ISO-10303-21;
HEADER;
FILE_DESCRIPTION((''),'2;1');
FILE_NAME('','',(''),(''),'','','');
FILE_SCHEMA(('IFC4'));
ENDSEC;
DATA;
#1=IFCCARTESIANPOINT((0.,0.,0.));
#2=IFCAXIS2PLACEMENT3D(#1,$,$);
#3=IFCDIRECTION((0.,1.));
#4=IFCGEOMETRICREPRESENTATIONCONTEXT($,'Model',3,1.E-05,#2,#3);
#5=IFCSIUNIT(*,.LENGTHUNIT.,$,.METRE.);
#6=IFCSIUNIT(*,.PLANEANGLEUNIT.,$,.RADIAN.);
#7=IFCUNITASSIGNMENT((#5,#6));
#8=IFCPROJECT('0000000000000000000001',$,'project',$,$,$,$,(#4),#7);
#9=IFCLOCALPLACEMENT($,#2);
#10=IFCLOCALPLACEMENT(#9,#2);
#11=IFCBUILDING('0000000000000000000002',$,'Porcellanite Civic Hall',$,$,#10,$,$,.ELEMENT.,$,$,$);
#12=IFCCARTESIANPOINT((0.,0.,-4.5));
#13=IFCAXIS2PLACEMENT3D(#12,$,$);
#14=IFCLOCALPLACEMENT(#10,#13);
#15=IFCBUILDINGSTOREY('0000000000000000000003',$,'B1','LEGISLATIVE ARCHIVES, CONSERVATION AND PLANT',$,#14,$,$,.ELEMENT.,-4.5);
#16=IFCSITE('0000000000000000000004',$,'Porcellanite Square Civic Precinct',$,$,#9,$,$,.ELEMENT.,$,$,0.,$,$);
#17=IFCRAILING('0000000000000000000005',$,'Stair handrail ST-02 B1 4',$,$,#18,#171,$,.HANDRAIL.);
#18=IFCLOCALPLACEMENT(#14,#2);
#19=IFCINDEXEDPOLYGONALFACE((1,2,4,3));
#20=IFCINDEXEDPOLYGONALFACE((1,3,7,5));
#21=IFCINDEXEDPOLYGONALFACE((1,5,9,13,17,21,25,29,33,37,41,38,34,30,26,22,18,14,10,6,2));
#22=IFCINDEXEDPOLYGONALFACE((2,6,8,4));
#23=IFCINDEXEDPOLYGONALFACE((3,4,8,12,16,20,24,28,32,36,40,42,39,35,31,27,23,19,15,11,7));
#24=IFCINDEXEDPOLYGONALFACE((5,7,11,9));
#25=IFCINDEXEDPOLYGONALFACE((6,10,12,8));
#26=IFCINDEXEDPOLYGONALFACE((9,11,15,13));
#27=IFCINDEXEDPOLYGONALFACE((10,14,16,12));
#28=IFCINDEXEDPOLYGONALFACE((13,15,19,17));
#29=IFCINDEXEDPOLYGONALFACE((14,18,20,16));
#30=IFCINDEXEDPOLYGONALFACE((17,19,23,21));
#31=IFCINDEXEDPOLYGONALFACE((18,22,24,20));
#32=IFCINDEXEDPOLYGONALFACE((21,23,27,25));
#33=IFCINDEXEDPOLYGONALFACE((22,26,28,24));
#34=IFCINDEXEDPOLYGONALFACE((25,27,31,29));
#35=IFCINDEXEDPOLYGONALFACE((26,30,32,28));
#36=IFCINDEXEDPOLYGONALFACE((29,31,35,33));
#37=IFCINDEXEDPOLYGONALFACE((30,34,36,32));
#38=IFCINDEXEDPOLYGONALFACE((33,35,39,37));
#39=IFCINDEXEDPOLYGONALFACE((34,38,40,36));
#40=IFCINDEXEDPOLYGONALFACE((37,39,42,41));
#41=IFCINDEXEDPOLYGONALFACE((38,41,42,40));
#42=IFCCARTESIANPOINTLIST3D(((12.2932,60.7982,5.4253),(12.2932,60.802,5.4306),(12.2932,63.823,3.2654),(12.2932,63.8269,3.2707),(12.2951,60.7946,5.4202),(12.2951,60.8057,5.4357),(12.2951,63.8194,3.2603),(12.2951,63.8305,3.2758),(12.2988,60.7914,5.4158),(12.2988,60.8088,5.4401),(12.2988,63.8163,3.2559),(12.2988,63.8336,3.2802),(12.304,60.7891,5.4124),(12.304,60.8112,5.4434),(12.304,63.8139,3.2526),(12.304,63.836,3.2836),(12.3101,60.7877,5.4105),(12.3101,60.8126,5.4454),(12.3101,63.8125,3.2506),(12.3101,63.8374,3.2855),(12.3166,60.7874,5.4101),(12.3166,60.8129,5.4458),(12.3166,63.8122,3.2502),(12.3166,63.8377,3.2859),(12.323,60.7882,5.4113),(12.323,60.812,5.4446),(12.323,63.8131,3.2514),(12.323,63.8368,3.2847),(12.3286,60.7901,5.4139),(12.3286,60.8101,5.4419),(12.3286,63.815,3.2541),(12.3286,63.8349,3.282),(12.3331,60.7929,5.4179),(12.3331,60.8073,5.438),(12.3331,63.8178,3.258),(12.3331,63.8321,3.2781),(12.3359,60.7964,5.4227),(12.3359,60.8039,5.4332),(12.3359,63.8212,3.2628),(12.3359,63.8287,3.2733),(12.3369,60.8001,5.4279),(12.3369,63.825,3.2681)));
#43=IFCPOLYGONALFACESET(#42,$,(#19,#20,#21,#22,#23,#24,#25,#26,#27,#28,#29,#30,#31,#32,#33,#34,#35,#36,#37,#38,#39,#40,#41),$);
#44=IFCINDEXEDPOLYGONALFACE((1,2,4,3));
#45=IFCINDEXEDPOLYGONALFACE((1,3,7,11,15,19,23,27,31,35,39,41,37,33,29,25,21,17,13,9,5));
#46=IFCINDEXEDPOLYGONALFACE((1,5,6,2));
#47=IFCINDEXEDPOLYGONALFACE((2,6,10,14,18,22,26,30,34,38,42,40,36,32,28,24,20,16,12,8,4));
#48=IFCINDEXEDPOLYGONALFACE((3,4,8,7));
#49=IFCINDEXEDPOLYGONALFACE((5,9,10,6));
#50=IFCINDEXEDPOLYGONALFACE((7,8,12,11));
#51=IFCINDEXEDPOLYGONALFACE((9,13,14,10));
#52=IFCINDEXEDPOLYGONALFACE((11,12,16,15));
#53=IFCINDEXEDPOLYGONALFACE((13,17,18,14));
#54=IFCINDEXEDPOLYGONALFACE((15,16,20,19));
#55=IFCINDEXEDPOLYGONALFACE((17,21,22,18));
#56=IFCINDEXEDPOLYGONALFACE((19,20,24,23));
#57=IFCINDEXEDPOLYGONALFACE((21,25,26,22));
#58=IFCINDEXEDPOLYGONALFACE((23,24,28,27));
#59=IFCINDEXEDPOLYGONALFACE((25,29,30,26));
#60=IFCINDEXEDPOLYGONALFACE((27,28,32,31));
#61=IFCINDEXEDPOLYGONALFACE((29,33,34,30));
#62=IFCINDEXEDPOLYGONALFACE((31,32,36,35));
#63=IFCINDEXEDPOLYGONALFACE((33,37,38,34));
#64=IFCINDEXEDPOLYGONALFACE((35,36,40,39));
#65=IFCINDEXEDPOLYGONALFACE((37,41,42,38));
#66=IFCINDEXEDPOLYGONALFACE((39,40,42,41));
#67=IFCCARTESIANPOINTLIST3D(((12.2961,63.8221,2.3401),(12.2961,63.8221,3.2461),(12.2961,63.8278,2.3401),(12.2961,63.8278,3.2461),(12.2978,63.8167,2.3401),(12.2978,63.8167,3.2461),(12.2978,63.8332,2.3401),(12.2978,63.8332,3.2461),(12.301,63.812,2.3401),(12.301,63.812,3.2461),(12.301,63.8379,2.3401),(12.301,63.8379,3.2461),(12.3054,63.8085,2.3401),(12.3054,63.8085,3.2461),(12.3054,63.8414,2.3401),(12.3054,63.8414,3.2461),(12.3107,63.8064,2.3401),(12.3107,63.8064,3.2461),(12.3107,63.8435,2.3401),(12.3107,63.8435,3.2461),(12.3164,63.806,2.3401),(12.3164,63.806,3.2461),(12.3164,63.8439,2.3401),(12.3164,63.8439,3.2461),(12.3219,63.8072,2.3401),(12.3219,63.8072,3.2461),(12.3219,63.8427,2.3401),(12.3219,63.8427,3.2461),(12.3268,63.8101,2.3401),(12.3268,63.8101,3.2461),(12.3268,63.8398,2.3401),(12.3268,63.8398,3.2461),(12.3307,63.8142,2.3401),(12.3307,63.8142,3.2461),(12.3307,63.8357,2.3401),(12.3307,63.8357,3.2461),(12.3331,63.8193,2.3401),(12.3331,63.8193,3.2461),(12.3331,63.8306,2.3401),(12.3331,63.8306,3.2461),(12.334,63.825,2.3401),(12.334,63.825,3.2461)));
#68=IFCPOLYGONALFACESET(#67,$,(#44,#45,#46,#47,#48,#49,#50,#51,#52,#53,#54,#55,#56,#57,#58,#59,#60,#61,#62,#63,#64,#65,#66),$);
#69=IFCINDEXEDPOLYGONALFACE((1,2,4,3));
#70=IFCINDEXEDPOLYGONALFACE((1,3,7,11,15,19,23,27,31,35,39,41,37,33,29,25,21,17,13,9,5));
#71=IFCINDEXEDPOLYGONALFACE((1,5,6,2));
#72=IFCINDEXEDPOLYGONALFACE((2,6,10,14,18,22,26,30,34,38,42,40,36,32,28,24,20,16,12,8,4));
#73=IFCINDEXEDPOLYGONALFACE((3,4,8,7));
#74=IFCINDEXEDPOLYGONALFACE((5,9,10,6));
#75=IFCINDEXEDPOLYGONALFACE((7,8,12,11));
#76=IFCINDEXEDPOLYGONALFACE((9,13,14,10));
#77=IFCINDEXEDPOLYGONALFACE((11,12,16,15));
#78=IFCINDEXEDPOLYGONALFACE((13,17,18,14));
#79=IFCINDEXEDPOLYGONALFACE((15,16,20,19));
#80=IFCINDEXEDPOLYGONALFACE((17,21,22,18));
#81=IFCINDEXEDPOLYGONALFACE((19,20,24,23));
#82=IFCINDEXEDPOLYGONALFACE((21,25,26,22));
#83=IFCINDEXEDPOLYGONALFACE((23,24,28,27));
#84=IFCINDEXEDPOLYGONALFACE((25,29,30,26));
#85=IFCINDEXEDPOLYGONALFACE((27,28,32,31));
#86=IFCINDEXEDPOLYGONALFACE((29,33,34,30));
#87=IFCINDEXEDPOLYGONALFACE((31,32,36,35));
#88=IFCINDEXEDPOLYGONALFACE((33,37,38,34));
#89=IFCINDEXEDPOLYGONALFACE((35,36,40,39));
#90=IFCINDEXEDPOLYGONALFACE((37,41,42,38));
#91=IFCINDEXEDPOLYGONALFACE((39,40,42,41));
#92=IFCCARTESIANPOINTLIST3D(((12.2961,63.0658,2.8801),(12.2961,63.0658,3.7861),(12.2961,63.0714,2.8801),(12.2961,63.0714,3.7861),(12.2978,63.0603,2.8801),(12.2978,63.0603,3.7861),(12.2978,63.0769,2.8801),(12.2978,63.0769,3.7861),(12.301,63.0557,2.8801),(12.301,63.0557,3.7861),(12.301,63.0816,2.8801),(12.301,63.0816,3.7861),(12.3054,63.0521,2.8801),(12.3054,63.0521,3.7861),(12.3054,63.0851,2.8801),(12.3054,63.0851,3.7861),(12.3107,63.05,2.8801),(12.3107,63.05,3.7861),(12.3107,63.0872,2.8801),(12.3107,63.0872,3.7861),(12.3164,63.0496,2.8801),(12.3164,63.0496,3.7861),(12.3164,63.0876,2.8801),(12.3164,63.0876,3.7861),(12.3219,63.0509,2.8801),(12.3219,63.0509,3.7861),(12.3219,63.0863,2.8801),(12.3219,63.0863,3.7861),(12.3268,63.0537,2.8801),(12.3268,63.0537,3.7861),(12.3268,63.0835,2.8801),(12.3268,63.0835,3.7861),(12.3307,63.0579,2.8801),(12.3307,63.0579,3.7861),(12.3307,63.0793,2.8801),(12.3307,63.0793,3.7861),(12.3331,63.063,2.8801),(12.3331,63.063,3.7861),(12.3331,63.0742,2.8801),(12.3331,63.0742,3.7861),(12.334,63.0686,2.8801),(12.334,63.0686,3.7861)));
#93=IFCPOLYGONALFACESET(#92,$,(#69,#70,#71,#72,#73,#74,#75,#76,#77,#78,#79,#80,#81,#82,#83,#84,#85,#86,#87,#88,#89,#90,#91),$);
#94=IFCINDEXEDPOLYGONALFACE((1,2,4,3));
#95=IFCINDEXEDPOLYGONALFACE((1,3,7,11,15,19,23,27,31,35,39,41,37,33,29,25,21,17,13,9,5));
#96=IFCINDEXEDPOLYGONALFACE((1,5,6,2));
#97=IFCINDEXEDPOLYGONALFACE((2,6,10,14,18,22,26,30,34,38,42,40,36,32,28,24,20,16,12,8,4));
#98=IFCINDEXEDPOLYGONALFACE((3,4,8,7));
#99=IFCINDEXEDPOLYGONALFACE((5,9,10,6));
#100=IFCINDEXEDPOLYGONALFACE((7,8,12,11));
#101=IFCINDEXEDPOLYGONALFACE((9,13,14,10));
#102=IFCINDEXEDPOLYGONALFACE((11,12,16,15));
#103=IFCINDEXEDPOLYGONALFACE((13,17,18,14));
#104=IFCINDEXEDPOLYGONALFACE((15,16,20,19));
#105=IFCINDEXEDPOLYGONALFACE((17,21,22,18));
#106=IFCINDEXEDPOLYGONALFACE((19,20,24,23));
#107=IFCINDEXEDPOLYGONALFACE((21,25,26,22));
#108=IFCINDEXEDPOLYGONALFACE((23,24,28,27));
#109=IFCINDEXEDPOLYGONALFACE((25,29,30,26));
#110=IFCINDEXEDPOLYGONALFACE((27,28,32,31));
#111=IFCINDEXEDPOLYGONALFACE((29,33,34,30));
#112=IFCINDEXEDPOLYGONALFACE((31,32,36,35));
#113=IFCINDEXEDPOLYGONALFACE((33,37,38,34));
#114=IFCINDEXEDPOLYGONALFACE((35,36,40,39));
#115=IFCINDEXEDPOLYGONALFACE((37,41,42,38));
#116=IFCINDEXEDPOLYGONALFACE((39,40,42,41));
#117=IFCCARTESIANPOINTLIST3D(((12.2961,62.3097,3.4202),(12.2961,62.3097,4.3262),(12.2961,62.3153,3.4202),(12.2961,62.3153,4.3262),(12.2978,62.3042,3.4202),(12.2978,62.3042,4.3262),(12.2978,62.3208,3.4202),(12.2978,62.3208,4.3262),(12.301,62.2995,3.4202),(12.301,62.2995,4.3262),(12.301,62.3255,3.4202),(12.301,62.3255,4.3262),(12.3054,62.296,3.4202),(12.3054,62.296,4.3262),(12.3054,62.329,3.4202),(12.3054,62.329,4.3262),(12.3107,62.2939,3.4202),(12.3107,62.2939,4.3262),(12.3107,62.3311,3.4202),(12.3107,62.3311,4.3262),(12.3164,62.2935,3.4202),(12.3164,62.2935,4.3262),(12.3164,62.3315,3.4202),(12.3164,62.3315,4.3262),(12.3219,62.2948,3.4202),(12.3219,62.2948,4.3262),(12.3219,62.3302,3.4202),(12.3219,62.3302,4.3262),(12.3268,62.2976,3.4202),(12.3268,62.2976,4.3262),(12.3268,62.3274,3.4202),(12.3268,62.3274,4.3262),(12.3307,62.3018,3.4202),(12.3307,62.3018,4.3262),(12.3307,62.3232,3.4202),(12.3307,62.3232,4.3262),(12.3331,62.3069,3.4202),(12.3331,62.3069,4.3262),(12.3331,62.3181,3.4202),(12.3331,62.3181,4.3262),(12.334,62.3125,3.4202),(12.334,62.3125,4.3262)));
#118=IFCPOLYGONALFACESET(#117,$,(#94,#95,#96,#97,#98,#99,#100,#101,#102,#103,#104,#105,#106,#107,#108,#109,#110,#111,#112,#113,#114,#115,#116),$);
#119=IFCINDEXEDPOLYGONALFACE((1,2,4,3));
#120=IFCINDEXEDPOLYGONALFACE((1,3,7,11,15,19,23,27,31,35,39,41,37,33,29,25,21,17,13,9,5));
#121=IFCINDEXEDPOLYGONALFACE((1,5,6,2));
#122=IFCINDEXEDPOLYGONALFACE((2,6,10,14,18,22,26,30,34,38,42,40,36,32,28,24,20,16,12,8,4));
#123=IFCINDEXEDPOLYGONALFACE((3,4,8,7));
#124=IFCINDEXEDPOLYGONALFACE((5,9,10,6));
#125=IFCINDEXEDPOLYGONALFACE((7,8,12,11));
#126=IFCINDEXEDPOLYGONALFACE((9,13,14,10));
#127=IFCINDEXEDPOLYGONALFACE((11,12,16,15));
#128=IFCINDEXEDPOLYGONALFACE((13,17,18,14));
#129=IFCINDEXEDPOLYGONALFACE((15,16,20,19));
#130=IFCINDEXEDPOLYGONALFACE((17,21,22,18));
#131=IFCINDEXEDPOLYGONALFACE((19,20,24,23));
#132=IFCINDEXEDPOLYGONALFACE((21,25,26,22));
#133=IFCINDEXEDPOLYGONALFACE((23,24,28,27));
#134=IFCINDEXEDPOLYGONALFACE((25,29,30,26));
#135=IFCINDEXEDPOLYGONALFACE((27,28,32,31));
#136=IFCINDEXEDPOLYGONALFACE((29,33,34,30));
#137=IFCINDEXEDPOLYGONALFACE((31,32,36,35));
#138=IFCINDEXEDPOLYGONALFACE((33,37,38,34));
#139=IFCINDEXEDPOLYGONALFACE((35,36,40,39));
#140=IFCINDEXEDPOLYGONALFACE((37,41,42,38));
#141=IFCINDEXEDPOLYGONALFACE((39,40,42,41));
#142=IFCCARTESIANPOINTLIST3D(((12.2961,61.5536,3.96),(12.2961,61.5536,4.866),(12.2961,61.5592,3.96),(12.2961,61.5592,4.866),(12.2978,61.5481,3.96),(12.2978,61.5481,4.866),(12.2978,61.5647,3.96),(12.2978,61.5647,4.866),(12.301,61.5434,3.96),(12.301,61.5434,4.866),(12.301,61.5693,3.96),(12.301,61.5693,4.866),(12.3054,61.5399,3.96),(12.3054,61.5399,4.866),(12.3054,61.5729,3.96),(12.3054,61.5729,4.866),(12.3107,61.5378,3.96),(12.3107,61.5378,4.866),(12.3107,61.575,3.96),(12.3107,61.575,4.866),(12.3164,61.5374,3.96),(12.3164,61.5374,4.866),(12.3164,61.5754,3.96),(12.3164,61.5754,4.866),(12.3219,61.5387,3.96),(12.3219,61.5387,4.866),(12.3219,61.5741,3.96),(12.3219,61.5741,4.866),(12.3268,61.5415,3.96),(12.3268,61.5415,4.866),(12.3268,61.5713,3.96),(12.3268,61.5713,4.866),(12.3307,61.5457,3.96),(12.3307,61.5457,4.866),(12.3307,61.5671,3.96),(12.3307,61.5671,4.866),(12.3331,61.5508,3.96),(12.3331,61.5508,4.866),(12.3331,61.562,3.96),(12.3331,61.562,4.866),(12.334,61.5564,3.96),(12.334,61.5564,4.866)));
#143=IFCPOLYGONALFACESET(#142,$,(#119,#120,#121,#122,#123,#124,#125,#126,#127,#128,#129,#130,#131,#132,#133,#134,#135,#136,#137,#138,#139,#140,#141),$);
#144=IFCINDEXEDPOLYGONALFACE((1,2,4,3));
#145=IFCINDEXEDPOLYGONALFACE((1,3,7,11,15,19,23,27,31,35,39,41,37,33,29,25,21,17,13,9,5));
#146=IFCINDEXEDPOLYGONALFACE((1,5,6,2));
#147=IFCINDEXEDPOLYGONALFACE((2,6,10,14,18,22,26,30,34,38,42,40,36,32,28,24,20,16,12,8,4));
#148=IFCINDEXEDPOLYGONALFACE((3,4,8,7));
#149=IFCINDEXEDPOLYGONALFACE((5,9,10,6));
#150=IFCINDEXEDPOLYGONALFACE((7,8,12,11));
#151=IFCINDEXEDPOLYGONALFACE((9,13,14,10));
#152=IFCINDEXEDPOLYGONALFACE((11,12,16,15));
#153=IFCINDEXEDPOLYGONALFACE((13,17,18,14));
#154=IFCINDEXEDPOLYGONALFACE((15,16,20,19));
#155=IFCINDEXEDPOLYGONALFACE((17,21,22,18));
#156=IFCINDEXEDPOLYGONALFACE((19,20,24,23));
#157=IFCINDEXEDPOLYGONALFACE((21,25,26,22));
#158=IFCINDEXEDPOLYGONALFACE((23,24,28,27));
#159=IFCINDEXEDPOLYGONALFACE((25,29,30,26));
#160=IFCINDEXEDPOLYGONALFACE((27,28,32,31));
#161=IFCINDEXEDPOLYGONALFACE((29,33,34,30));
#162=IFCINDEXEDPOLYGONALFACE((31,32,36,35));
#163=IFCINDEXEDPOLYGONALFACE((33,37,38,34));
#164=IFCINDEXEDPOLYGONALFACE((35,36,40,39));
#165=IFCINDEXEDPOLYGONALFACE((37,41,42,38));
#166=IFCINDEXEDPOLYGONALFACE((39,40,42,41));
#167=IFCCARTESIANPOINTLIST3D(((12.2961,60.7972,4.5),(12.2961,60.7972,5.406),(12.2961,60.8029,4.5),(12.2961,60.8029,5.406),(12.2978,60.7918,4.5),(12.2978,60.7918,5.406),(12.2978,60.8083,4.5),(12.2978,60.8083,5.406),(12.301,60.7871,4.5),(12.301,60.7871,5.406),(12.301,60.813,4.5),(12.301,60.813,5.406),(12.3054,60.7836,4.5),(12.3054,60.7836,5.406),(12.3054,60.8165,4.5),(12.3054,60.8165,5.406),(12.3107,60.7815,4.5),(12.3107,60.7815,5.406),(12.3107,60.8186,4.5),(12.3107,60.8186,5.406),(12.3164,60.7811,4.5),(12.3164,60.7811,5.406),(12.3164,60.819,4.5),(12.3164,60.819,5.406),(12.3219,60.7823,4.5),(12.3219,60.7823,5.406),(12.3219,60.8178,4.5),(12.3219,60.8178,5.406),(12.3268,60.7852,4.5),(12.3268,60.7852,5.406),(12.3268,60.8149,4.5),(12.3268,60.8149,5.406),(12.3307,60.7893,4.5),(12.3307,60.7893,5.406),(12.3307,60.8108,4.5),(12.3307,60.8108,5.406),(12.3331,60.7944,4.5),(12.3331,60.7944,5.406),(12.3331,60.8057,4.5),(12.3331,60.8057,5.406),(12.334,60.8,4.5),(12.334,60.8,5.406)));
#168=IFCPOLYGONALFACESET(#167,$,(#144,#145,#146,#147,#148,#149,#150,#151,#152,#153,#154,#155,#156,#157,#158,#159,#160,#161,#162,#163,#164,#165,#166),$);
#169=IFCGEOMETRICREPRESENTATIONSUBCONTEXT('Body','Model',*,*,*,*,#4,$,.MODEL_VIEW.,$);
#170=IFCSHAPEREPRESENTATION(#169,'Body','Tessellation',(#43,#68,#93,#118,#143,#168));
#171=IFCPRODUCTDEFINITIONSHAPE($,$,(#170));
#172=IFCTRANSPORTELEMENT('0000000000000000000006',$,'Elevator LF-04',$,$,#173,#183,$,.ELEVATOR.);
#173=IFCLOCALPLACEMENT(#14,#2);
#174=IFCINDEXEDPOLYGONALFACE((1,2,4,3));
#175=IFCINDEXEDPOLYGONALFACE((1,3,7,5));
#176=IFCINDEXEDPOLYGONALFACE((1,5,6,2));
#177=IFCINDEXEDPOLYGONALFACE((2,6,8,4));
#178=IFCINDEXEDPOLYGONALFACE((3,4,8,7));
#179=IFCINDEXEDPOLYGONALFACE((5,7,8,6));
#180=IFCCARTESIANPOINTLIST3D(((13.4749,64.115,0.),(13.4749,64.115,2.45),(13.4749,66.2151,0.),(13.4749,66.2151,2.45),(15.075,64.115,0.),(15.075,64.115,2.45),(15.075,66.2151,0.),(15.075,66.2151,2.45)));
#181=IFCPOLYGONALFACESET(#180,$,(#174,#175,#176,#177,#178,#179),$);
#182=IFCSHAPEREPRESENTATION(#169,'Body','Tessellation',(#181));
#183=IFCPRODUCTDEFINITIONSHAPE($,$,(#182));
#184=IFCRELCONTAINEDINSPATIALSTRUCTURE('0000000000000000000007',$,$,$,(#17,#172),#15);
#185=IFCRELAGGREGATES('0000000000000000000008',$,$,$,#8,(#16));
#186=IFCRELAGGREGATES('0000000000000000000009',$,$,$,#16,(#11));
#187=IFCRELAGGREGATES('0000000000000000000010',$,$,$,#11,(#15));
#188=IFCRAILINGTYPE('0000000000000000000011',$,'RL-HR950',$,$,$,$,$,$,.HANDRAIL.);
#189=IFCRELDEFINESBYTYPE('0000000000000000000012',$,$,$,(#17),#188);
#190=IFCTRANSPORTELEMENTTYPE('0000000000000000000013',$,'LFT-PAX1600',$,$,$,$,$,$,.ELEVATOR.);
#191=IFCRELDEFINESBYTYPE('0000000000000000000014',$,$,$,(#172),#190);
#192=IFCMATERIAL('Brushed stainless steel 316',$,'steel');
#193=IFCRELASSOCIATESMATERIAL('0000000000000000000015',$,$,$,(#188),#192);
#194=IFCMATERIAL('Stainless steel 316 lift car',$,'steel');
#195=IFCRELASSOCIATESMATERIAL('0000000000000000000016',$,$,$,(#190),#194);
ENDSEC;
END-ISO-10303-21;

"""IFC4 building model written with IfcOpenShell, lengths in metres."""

from ifc_helpers import new_model, si_unit, direction, frame, origin, origin_2d, place, context, subcontext, project, spatial, rectangle, circle, extrude, material, type_object, element, save


model = new_model("IFC4")

# Units and contexts
model_context = context("Model", 3, precision=1e-05, world=origin(), true_north=direction((0.0, 1.0)))
body_context = subcontext(model_context, "Body", "Model", "MODEL_VIEW")
ifc_project = project(units=[si_unit("LENGTHUNIT", "METRE"), si_unit("PLANEANGLEUNIT", "RADIAN")], contexts=[model_context])

# Site, building, storey
site_placement = place(None, origin())
site = spatial("IfcSite", under=ifc_project, at=site_placement, Name="Porcellanite Square Civic Precinct", CompositionType="ELEMENT", RefElevation=0.0)
building_placement = place(site_placement, origin())
building = spatial("IfcBuilding", under=site, at=building_placement, Name="Porcellanite Civic Hall", CompositionType="ELEMENT")
storey_placement = place(building_placement, frame((0.0, 0.0, -4.5)))
storey = spatial("IfcBuildingStorey", under=building, at=storey_placement, Name="B1", Description="LEGISLATIVE ARCHIVES, CONSERVATION AND PLANT", CompositionType="ELEMENT", Elevation=-4.5)

# Railing
ifc_material_1 = material(Name="Brushed stainless steel 316", Category="steel")
railing_type_1 = type_object("IfcRailingType", Name="RL-HR950", PredefinedType="HANDRAIL", material=ifc_material_1)
railing_1_placement = place(storey_placement, frame((12.3149, 63.825, 2.3401)))
element("IfcRailing", 1, at=railing_1_placement, inside=storey, type_object=railing_type_1, Name="Stair handrail ST-02 B1 4", PredefinedType="HANDRAIL", context=body_context, shape_type="SweptSolid", body=[
    extrude(circle(Radius=0.022, at=origin_2d()), frame((0.0, 0.0, 0.928), z_axis=(0.0, -0.813827, 0.581108), x_axis=(1.0, 0.0, 0.0)), (0.0, 0.0, 1.0), 3.7168),
    extrude(circle(Radius=0.019, at=origin_2d()), origin(), (0.0, 0.0, 1.0), 0.906),
    extrude(circle(Radius=0.019, at=origin_2d()), frame((0.0, -0.7563, 0.54)), (0.0, 0.0, 1.0), 0.906),
    extrude(circle(Radius=0.019, at=origin_2d()), frame((0.0, -1.5125, 1.0801)), (0.0, 0.0, 1.0), 0.906),
    extrude(circle(Radius=0.019, at=origin_2d()), frame((0.0, -2.2686, 1.6199)), (0.0, 0.0, 1.0), 0.906),
    extrude(circle(Radius=0.019, at=origin_2d()), frame((0.0, -3.0249, 2.1599)), (0.0, 0.0, 1.0), 0.906),
])

# Transport element
ifc_material_2 = material(Name="Stainless steel 316 lift car", Category="steel")
transport_element_type = type_object("IfcTransportElementType", Name="LFT-PAX1600", PredefinedType="ELEVATOR", material=ifc_material_2)
transport_element_placement = place(storey_placement, frame((14.2749, 65.165, 0.0), z_axis=(0.0, 0.0, 1.0), x_axis=(1.0, 0.0, 0.0)))
element("IfcTransportElement", 2, at=transport_element_placement, inside=storey, type_object=transport_element_type, Name="Elevator LF-04", PredefinedType="ELEVATOR", context=body_context, shape_type="SweptSolid", body=[
    extrude(rectangle(XDim=1.6001, YDim=2.1001, at=origin_2d()), origin(), (0.0, 0.0, 1.0), 2.45),
])

save(model, "model.ifc")
